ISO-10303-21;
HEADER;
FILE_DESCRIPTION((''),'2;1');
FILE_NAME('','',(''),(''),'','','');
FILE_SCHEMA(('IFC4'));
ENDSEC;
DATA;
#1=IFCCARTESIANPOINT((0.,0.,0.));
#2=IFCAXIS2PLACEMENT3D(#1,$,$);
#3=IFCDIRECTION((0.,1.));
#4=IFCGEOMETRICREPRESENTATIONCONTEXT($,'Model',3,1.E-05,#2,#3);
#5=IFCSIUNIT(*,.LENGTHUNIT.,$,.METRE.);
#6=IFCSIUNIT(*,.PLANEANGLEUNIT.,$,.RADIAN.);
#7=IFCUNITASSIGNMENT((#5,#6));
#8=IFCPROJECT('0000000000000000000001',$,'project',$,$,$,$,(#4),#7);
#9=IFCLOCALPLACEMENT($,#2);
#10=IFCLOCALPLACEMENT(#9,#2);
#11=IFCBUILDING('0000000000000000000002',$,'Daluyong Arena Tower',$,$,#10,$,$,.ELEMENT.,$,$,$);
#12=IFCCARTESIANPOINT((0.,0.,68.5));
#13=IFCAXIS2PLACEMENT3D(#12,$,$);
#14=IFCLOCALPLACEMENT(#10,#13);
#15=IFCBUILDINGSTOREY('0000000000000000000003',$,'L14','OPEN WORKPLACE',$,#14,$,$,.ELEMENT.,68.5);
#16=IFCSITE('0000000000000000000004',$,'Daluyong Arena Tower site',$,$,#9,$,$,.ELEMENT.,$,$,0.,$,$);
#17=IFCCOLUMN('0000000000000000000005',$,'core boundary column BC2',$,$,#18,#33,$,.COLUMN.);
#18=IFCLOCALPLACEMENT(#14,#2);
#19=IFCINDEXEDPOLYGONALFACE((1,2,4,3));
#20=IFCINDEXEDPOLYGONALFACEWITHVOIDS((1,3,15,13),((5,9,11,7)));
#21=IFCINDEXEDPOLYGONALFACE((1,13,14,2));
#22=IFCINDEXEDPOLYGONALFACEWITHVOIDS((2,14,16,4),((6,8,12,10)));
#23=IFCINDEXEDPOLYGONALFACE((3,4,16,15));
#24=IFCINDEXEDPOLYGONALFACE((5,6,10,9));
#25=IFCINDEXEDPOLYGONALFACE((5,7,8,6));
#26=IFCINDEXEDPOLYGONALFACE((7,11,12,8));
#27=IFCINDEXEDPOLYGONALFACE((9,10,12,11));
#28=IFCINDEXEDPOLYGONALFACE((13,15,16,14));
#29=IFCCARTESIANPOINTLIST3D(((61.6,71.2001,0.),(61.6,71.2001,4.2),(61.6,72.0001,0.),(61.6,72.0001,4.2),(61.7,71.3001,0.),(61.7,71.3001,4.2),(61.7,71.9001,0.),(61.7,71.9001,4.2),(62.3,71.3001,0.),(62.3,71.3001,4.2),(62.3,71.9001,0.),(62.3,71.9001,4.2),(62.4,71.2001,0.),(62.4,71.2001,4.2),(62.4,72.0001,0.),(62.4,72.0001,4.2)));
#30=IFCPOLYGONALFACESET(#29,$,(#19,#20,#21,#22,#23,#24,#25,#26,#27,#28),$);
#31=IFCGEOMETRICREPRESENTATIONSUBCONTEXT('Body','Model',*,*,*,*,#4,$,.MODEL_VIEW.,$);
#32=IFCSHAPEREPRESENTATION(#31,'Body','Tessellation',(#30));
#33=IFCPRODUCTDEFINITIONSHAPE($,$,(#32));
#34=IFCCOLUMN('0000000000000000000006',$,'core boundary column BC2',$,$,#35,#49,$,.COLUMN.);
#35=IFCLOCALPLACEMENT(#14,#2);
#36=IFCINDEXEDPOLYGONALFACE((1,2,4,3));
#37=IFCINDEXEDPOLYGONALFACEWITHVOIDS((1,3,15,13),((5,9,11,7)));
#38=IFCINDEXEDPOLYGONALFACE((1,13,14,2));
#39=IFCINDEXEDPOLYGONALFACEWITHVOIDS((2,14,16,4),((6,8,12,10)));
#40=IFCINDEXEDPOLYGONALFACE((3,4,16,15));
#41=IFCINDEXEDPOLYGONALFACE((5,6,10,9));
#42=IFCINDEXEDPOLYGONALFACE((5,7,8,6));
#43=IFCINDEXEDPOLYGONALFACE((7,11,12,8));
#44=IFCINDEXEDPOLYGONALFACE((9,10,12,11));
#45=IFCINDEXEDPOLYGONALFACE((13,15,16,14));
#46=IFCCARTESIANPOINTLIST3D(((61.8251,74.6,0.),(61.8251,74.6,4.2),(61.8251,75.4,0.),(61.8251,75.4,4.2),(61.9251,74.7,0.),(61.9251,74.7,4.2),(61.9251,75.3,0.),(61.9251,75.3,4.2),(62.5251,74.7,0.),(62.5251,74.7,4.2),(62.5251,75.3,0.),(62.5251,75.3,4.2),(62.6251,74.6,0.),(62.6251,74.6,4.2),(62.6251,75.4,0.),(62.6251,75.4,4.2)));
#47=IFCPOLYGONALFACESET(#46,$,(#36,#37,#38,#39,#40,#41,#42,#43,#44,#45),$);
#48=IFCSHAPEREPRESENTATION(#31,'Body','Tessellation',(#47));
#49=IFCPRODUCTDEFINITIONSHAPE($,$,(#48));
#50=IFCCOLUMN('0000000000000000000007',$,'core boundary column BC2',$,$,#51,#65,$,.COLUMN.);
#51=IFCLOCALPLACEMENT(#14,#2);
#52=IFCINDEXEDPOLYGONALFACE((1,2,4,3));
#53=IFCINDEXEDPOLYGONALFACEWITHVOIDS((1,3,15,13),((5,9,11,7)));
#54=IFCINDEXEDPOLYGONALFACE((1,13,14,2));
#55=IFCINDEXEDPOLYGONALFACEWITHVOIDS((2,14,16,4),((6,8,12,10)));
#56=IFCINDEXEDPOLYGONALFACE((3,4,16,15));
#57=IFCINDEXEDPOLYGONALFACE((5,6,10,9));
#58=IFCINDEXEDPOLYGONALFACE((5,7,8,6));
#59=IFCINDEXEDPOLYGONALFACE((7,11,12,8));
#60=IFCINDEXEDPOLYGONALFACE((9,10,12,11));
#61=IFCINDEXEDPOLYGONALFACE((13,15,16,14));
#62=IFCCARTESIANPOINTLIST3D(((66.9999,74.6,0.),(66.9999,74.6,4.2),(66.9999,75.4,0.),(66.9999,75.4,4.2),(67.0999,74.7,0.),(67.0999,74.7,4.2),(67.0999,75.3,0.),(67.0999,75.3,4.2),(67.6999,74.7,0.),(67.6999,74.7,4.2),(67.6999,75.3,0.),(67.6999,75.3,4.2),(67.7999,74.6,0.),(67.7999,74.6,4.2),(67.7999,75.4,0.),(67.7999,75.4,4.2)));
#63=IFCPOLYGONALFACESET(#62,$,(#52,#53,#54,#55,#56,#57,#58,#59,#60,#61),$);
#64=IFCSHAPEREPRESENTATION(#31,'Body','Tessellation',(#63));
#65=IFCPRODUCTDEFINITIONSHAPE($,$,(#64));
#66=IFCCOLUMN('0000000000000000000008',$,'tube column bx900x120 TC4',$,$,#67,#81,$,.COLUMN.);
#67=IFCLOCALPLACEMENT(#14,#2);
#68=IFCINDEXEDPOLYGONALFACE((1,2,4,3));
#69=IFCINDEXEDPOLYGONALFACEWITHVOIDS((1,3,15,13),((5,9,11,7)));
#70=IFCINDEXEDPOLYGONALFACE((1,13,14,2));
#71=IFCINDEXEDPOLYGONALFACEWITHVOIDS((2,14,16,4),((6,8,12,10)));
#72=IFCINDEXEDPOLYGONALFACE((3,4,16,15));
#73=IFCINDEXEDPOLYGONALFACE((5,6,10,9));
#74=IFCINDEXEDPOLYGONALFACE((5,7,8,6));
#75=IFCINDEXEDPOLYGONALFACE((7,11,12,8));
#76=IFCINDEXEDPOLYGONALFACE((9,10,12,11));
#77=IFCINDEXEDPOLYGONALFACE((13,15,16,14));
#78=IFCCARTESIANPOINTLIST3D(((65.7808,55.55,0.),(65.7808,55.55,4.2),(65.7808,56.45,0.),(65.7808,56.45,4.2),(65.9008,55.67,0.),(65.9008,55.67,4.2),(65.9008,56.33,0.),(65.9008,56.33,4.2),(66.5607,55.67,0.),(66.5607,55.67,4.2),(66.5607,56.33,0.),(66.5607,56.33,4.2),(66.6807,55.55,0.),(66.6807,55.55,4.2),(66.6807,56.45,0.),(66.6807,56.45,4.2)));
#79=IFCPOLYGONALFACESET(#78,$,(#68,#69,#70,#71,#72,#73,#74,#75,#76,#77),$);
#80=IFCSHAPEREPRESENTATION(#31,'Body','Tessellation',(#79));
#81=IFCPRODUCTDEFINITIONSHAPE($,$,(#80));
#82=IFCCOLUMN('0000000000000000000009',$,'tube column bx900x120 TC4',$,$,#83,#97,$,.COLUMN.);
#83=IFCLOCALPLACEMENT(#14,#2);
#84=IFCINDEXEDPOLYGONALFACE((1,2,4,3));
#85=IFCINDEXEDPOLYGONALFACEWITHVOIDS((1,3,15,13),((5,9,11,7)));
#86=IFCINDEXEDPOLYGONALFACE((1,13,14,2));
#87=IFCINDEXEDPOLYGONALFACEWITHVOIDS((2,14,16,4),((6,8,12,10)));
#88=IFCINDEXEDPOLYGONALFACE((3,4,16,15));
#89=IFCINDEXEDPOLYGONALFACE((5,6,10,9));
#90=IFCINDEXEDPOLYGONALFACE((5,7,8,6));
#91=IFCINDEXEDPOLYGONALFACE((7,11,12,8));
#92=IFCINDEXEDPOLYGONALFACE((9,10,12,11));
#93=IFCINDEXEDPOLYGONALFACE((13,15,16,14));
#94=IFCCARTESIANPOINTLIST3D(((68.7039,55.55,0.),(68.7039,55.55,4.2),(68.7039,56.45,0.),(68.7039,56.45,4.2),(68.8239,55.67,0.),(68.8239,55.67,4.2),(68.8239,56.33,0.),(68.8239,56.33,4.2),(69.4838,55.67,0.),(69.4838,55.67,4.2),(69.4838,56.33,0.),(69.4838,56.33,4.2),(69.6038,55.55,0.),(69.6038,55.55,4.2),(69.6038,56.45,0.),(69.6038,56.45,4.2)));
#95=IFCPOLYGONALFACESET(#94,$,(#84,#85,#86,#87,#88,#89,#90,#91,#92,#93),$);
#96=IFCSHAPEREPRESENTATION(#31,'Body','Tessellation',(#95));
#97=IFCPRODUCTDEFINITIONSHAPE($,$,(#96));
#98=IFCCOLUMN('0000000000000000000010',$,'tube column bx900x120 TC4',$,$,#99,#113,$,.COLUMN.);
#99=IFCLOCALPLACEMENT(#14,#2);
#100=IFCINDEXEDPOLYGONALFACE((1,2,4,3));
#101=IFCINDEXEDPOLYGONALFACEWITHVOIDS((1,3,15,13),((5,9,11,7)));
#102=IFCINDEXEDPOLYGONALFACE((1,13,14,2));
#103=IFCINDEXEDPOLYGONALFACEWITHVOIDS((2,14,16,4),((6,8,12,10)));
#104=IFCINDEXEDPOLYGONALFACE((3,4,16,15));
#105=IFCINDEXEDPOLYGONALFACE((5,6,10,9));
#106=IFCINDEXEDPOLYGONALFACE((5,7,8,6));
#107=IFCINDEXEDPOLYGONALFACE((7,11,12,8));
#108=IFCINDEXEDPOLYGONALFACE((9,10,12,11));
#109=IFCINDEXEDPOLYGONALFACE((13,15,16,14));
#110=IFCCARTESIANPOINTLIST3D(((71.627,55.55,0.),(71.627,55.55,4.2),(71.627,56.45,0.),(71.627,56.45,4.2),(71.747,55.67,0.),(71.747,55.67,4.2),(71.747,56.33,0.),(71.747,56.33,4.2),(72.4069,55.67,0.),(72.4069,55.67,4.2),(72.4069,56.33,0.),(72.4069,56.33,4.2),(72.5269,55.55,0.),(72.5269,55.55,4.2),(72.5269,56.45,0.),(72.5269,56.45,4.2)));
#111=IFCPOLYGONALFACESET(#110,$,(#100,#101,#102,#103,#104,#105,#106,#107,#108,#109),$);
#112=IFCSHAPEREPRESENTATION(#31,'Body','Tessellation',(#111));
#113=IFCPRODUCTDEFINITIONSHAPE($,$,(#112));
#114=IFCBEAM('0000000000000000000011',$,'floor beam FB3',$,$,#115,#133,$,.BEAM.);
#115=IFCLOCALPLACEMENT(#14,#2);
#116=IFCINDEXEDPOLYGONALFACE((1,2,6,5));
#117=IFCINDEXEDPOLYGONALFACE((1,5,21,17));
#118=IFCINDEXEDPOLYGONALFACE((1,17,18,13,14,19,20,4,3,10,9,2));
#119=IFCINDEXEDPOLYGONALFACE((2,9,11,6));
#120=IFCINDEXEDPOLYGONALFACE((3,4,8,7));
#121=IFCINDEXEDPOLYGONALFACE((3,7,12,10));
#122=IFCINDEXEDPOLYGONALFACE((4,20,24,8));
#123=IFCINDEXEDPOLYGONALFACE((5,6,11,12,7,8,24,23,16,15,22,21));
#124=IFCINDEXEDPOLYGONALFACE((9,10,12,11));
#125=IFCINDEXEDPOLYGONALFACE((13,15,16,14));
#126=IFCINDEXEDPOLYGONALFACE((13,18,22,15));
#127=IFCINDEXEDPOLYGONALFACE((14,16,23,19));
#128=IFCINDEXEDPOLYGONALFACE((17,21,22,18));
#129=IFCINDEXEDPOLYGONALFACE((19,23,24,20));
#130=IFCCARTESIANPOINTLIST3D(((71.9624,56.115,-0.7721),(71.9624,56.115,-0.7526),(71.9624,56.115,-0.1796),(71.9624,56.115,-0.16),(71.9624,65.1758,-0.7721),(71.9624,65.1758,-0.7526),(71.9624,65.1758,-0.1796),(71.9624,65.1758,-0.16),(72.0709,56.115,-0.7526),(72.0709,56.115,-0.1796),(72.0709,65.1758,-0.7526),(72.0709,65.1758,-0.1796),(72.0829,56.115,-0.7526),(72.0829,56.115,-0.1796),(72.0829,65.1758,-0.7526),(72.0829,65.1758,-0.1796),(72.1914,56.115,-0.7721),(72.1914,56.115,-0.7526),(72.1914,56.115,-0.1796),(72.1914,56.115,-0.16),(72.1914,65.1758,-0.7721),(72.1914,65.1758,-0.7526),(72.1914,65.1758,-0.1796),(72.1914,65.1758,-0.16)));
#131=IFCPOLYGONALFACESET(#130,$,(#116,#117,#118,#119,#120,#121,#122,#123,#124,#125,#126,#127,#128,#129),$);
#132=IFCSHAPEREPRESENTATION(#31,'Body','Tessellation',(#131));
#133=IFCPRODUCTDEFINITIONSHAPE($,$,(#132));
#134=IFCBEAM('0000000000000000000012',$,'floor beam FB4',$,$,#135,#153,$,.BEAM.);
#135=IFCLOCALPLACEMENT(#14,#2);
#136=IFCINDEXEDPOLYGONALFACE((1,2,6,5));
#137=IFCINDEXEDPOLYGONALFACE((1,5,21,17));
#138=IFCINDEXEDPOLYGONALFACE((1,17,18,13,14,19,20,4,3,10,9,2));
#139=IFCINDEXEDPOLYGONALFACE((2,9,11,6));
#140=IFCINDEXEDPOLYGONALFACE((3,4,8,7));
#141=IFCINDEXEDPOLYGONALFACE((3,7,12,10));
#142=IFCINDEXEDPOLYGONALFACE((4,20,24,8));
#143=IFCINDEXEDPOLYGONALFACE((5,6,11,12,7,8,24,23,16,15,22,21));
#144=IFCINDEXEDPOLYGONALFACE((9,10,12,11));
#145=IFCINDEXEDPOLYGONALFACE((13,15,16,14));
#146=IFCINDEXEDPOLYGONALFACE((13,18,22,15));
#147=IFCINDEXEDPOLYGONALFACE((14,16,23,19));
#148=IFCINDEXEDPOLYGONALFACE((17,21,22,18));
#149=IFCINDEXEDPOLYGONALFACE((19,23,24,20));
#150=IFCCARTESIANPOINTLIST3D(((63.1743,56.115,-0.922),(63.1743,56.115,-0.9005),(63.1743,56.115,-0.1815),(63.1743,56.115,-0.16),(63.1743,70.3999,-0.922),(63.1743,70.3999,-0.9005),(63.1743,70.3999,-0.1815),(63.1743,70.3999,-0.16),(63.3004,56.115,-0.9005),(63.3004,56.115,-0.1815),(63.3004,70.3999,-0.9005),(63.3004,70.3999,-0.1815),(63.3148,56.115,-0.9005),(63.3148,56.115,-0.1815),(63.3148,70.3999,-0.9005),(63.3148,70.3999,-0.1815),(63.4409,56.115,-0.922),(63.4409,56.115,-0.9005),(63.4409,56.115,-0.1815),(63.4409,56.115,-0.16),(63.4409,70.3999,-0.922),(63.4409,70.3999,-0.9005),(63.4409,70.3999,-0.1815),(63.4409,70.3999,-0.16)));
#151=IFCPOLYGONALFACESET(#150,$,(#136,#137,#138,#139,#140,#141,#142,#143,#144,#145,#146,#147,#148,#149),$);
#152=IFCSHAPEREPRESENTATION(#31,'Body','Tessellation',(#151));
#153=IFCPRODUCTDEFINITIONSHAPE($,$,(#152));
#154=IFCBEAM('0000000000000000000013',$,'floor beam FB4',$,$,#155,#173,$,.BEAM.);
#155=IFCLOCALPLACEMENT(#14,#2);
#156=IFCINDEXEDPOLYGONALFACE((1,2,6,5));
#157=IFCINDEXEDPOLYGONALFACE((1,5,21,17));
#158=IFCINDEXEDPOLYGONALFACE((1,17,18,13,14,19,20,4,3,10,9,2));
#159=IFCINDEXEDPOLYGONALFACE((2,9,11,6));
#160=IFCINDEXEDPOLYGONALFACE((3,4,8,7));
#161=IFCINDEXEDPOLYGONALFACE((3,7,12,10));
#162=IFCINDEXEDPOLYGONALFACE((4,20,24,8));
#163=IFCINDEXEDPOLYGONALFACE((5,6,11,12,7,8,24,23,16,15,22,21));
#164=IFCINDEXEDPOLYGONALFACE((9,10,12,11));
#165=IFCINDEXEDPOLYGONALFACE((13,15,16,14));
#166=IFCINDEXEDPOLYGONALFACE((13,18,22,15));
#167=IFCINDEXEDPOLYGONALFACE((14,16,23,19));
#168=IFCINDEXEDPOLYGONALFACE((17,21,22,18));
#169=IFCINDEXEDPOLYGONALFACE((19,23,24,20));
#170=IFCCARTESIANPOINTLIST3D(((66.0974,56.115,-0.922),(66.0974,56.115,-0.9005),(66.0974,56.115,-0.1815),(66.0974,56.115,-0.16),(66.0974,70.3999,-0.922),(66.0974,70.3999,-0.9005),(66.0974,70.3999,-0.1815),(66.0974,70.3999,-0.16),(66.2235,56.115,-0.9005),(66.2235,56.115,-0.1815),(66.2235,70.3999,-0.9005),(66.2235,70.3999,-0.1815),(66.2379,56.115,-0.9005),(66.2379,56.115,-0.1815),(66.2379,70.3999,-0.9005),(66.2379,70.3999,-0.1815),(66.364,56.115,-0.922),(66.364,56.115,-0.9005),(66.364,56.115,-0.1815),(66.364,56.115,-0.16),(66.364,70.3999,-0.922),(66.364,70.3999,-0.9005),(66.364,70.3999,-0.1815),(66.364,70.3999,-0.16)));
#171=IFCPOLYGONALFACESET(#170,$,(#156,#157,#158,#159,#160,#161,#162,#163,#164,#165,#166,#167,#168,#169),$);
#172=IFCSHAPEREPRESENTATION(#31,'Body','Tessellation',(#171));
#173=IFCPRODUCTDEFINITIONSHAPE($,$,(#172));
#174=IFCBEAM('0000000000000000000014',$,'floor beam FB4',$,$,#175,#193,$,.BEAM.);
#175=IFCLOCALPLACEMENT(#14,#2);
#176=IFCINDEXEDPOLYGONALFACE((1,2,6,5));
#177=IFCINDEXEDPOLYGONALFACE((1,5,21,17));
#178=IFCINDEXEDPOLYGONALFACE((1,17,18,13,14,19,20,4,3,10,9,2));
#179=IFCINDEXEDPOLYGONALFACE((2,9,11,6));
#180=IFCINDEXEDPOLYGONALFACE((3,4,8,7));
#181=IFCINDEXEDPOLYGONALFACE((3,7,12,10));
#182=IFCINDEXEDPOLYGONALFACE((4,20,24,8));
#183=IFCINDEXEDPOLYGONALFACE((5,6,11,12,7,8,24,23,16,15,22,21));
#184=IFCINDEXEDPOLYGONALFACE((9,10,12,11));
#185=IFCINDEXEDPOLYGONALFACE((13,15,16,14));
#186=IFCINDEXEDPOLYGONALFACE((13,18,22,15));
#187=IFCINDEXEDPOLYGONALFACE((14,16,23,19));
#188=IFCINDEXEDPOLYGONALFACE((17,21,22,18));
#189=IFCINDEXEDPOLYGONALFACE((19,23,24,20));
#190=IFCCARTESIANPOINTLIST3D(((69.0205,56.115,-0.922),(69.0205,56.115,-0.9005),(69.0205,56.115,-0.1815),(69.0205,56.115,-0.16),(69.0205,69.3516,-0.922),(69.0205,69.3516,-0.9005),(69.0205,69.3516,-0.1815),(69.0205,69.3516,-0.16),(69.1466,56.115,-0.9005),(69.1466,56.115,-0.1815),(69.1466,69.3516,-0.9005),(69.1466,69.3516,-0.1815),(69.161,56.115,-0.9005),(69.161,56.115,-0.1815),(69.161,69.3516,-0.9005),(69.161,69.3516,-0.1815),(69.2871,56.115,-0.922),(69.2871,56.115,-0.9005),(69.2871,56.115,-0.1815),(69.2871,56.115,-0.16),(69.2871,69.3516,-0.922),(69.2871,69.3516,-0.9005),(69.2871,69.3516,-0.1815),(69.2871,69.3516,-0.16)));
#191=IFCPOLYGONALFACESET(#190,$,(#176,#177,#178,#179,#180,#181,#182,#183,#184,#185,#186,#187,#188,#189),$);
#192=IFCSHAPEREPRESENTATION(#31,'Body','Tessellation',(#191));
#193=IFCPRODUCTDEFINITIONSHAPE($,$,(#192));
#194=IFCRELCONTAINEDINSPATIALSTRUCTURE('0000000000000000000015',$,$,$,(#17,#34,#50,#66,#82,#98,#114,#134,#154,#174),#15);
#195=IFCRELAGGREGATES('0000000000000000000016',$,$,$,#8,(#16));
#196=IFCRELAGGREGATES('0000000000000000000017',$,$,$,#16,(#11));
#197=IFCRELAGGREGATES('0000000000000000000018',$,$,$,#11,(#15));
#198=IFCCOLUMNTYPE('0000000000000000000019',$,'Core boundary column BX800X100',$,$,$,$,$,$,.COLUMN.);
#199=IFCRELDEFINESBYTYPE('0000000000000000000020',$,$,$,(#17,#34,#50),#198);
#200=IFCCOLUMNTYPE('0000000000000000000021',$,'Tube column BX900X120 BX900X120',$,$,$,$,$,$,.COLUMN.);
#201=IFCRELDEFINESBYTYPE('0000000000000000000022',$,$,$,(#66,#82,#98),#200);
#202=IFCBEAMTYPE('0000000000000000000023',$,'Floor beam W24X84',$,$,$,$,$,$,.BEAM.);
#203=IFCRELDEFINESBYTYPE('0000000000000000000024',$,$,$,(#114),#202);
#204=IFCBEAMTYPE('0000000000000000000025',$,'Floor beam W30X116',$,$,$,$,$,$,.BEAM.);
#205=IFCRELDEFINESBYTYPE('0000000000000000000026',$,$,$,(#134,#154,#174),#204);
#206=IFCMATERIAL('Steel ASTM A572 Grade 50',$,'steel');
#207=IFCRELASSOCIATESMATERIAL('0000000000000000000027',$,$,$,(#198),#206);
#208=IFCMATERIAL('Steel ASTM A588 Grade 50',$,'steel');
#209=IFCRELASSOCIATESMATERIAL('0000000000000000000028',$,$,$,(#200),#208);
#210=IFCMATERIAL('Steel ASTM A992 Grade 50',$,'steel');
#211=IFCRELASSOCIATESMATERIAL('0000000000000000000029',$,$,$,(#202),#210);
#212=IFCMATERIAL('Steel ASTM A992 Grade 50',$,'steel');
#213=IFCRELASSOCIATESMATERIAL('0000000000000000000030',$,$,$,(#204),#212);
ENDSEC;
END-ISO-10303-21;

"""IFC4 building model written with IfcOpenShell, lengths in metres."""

from ifc_helpers import new_model, si_unit, direction, frame, origin, origin_2d, place, context, subcontext, project, spatial, hollow_rectangle, i_section, extrude, material, material_profile, profile_set, type_object, element, save


model = new_model("IFC4")

# Units and contexts
model_context = context("Model", 3, precision=1e-05, world=origin(), true_north=direction((0.0, 1.0)))
body_context = subcontext(model_context, "Body", "Model", "MODEL_VIEW")
ifc_project = project(units=[si_unit("LENGTHUNIT", "METRE"), si_unit("PLANEANGLEUNIT", "RADIAN")], contexts=[model_context])

# Site, building, storey
site_placement = place(None, origin())
site = spatial("IfcSite", under=ifc_project, at=site_placement, Name="Daluyong Arena Tower site", CompositionType="ELEMENT", RefElevation=0.0)
building_placement = place(site_placement, origin())
building = spatial("IfcBuilding", under=site, at=building_placement, Name="Daluyong Arena Tower", CompositionType="ELEMENT")
storey_placement = place(building_placement, frame((0.0, 0.0, 68.5)))
storey = spatial("IfcBuildingStorey", under=building, at=storey_placement, Name="L14", Description="OPEN WORKPLACE", CompositionType="ELEMENT", Elevation=68.5)

# Columns
ifc_material_1 = material(Name="Steel ASTM A572 Grade 50", Category="steel")
ifc_material_profile_1 = material_profile(ifc_material_1, hollow_rectangle(XDim=0.8, YDim=0.8, WallThickness=0.1, at=origin_2d()))
ifc_profile_set_1 = profile_set([ifc_material_profile_1], Name="Steel ASTM A572 Grade 50")
column_type_1 = type_object("IfcColumnType", Name="Core boundary column BX800X100", PredefinedType="COLUMN", material=ifc_profile_set_1)
for number, where, z_axis, x_axis, name in (
    (1, (62.0, 71.6001, 0.0), (0.0, 0.0, 1.0), (1.0, 0.0, 0.0), "core boundary column BC2"),
    (2, (62.2251, 75.0, 0.0), (0.0, 0.0, 1.0), (1.0, 0.0, 0.0), "core boundary column BC2"),
    (3, (67.3999, 75.0, 0.0), (0.0, 0.0, 1.0), (1.0, 0.0, 0.0), "core boundary column BC2"),
):
    element("IfcColumn", number, at=place(storey_placement, frame(where, z_axis=z_axis, x_axis=x_axis)), inside=storey, type_object=column_type_1, Name=name, PredefinedType="COLUMN", context=body_context, shape_type="SweptSolid", body=[
        extrude(hollow_rectangle(XDim=0.8, YDim=0.8, WallThickness=0.1, at=origin_2d()), origin(), (0.0, 0.0, 1.0), 4.2),
    ])
ifc_material_2 = material(Name="Steel ASTM A588 Grade 50", Category="steel")
ifc_material_profile_2 = material_profile(ifc_material_2, hollow_rectangle(XDim=0.8999, YDim=0.8999, WallThickness=0.12, at=origin_2d()))
ifc_profile_set_2 = profile_set([ifc_material_profile_2], Name="Steel ASTM A588 Grade 50")
column_type_2 = type_object("IfcColumnType", Name="Tube column BX900X120 BX900X120", PredefinedType="COLUMN", material=ifc_profile_set_2)
for number, where, z_axis, x_axis, name in (
    (4, (66.2307, 56.0, 0.0), (0.0, 0.0, 1.0), (1.0, 0.0, 0.0), "tube column bx900x120 TC4"),
    (5, (69.1538, 56.0, 0.0), (0.0, 0.0, 1.0), (1.0, 0.0, 0.0), "tube column bx900x120 TC4"),
    (6, (72.0769, 56.0, 0.0), (0.0, 0.0, 1.0), (1.0, 0.0, 0.0), "tube column bx900x120 TC4"),
):
    element("IfcColumn", number, at=place(storey_placement, frame(where, z_axis=z_axis, x_axis=x_axis)), inside=storey, type_object=column_type_2, Name=name, PredefinedType="COLUMN", context=body_context, shape_type="SweptSolid", body=[
        extrude(hollow_rectangle(XDim=0.8999, YDim=0.8999, WallThickness=0.12, at=origin_2d()), origin(), (0.0, 0.0, 1.0), 4.2),
    ])

# Beams
ifc_material_3 = material(Name="Steel ASTM A992 Grade 50", Category="steel")
ifc_material_profile_3 = material_profile(ifc_material_3, i_section(OverallWidth=0.229, OverallDepth=0.6121, WebThickness=0.012, FlangeThickness=0.0195, at=origin_2d()))
ifc_profile_set_3 = profile_set([ifc_material_profile_3], Name="Steel ASTM A992 Grade 50")
beam_type_1 = type_object("IfcBeamType", Name="Floor beam W24X84", PredefinedType="BEAM", material=ifc_profile_set_3)
beam_1_placement = place(storey_placement, frame((72.0769, 56.115, -0.4661), z_axis=(0.0, 1.0, 0.0), x_axis=(-1.0, 0.0, 0.0)))
element("IfcBeam", 7, at=beam_1_placement, inside=storey, type_object=beam_type_1, Name="floor beam FB3", PredefinedType="BEAM", context=body_context, shape_type="SweptSolid", body=[
    extrude(i_section(OverallWidth=0.229, OverallDepth=0.6121, WebThickness=0.012, FlangeThickness=0.0195, at=origin_2d()), origin(), (0.0, 0.0, 1.0), 9.0608),
])
ifc_material_4 = material(Name="Steel ASTM A992 Grade 50", Category="steel")
ifc_material_profile_4 = material_profile(ifc_material_4, i_section(OverallWidth=0.2666, OverallDepth=0.762, WebThickness=0.0144, FlangeThickness=0.0215, at=origin_2d()))
ifc_profile_set_4 = profile_set([ifc_material_profile_4], Name="Steel ASTM A992 Grade 50")
beam_type_2 = type_object("IfcBeamType", Name="Floor beam W30X116", PredefinedType="BEAM", material=ifc_profile_set_4)
for number, where, z_axis, x_axis, name in (
    (8, (63.3076, 56.115, -0.541), (0.0, 1.0, 0.0), (-1.0, 0.0, 0.0), "floor beam FB4"),
    (9, (66.2307, 56.115, -0.541), (0.0, 1.0, 0.0), (-1.0, 0.0, 0.0), "floor beam FB4"),
):
    element("IfcBeam", number, at=place(storey_placement, frame(where, z_axis=z_axis, x_axis=x_axis)), inside=storey, type_object=beam_type_2, Name=name, PredefinedType="BEAM", context=body_context, shape_type="SweptSolid", body=[
        extrude(i_section(OverallWidth=0.2666, OverallDepth=0.762, WebThickness=0.0144, FlangeThickness=0.0215, at=origin_2d()), origin(), (0.0, 0.0, 1.0), 14.2849),
    ])
beam_2_placement = place(storey_placement, frame((69.1538, 56.115, -0.541), z_axis=(0.0, 1.0, 0.0), x_axis=(-1.0, 0.0, 0.0)))
element("IfcBeam", 10, at=beam_2_placement, inside=storey, type_object=beam_type_2, Name="floor beam FB4", PredefinedType="BEAM", context=body_context, shape_type="SweptSolid", body=[
    extrude(i_section(OverallWidth=0.2666, OverallDepth=0.762, WebThickness=0.0144, FlangeThickness=0.0215, at=origin_2d()), origin(), (0.0, 0.0, 1.0), 13.2366),
])

save(model, "model.ifc")
